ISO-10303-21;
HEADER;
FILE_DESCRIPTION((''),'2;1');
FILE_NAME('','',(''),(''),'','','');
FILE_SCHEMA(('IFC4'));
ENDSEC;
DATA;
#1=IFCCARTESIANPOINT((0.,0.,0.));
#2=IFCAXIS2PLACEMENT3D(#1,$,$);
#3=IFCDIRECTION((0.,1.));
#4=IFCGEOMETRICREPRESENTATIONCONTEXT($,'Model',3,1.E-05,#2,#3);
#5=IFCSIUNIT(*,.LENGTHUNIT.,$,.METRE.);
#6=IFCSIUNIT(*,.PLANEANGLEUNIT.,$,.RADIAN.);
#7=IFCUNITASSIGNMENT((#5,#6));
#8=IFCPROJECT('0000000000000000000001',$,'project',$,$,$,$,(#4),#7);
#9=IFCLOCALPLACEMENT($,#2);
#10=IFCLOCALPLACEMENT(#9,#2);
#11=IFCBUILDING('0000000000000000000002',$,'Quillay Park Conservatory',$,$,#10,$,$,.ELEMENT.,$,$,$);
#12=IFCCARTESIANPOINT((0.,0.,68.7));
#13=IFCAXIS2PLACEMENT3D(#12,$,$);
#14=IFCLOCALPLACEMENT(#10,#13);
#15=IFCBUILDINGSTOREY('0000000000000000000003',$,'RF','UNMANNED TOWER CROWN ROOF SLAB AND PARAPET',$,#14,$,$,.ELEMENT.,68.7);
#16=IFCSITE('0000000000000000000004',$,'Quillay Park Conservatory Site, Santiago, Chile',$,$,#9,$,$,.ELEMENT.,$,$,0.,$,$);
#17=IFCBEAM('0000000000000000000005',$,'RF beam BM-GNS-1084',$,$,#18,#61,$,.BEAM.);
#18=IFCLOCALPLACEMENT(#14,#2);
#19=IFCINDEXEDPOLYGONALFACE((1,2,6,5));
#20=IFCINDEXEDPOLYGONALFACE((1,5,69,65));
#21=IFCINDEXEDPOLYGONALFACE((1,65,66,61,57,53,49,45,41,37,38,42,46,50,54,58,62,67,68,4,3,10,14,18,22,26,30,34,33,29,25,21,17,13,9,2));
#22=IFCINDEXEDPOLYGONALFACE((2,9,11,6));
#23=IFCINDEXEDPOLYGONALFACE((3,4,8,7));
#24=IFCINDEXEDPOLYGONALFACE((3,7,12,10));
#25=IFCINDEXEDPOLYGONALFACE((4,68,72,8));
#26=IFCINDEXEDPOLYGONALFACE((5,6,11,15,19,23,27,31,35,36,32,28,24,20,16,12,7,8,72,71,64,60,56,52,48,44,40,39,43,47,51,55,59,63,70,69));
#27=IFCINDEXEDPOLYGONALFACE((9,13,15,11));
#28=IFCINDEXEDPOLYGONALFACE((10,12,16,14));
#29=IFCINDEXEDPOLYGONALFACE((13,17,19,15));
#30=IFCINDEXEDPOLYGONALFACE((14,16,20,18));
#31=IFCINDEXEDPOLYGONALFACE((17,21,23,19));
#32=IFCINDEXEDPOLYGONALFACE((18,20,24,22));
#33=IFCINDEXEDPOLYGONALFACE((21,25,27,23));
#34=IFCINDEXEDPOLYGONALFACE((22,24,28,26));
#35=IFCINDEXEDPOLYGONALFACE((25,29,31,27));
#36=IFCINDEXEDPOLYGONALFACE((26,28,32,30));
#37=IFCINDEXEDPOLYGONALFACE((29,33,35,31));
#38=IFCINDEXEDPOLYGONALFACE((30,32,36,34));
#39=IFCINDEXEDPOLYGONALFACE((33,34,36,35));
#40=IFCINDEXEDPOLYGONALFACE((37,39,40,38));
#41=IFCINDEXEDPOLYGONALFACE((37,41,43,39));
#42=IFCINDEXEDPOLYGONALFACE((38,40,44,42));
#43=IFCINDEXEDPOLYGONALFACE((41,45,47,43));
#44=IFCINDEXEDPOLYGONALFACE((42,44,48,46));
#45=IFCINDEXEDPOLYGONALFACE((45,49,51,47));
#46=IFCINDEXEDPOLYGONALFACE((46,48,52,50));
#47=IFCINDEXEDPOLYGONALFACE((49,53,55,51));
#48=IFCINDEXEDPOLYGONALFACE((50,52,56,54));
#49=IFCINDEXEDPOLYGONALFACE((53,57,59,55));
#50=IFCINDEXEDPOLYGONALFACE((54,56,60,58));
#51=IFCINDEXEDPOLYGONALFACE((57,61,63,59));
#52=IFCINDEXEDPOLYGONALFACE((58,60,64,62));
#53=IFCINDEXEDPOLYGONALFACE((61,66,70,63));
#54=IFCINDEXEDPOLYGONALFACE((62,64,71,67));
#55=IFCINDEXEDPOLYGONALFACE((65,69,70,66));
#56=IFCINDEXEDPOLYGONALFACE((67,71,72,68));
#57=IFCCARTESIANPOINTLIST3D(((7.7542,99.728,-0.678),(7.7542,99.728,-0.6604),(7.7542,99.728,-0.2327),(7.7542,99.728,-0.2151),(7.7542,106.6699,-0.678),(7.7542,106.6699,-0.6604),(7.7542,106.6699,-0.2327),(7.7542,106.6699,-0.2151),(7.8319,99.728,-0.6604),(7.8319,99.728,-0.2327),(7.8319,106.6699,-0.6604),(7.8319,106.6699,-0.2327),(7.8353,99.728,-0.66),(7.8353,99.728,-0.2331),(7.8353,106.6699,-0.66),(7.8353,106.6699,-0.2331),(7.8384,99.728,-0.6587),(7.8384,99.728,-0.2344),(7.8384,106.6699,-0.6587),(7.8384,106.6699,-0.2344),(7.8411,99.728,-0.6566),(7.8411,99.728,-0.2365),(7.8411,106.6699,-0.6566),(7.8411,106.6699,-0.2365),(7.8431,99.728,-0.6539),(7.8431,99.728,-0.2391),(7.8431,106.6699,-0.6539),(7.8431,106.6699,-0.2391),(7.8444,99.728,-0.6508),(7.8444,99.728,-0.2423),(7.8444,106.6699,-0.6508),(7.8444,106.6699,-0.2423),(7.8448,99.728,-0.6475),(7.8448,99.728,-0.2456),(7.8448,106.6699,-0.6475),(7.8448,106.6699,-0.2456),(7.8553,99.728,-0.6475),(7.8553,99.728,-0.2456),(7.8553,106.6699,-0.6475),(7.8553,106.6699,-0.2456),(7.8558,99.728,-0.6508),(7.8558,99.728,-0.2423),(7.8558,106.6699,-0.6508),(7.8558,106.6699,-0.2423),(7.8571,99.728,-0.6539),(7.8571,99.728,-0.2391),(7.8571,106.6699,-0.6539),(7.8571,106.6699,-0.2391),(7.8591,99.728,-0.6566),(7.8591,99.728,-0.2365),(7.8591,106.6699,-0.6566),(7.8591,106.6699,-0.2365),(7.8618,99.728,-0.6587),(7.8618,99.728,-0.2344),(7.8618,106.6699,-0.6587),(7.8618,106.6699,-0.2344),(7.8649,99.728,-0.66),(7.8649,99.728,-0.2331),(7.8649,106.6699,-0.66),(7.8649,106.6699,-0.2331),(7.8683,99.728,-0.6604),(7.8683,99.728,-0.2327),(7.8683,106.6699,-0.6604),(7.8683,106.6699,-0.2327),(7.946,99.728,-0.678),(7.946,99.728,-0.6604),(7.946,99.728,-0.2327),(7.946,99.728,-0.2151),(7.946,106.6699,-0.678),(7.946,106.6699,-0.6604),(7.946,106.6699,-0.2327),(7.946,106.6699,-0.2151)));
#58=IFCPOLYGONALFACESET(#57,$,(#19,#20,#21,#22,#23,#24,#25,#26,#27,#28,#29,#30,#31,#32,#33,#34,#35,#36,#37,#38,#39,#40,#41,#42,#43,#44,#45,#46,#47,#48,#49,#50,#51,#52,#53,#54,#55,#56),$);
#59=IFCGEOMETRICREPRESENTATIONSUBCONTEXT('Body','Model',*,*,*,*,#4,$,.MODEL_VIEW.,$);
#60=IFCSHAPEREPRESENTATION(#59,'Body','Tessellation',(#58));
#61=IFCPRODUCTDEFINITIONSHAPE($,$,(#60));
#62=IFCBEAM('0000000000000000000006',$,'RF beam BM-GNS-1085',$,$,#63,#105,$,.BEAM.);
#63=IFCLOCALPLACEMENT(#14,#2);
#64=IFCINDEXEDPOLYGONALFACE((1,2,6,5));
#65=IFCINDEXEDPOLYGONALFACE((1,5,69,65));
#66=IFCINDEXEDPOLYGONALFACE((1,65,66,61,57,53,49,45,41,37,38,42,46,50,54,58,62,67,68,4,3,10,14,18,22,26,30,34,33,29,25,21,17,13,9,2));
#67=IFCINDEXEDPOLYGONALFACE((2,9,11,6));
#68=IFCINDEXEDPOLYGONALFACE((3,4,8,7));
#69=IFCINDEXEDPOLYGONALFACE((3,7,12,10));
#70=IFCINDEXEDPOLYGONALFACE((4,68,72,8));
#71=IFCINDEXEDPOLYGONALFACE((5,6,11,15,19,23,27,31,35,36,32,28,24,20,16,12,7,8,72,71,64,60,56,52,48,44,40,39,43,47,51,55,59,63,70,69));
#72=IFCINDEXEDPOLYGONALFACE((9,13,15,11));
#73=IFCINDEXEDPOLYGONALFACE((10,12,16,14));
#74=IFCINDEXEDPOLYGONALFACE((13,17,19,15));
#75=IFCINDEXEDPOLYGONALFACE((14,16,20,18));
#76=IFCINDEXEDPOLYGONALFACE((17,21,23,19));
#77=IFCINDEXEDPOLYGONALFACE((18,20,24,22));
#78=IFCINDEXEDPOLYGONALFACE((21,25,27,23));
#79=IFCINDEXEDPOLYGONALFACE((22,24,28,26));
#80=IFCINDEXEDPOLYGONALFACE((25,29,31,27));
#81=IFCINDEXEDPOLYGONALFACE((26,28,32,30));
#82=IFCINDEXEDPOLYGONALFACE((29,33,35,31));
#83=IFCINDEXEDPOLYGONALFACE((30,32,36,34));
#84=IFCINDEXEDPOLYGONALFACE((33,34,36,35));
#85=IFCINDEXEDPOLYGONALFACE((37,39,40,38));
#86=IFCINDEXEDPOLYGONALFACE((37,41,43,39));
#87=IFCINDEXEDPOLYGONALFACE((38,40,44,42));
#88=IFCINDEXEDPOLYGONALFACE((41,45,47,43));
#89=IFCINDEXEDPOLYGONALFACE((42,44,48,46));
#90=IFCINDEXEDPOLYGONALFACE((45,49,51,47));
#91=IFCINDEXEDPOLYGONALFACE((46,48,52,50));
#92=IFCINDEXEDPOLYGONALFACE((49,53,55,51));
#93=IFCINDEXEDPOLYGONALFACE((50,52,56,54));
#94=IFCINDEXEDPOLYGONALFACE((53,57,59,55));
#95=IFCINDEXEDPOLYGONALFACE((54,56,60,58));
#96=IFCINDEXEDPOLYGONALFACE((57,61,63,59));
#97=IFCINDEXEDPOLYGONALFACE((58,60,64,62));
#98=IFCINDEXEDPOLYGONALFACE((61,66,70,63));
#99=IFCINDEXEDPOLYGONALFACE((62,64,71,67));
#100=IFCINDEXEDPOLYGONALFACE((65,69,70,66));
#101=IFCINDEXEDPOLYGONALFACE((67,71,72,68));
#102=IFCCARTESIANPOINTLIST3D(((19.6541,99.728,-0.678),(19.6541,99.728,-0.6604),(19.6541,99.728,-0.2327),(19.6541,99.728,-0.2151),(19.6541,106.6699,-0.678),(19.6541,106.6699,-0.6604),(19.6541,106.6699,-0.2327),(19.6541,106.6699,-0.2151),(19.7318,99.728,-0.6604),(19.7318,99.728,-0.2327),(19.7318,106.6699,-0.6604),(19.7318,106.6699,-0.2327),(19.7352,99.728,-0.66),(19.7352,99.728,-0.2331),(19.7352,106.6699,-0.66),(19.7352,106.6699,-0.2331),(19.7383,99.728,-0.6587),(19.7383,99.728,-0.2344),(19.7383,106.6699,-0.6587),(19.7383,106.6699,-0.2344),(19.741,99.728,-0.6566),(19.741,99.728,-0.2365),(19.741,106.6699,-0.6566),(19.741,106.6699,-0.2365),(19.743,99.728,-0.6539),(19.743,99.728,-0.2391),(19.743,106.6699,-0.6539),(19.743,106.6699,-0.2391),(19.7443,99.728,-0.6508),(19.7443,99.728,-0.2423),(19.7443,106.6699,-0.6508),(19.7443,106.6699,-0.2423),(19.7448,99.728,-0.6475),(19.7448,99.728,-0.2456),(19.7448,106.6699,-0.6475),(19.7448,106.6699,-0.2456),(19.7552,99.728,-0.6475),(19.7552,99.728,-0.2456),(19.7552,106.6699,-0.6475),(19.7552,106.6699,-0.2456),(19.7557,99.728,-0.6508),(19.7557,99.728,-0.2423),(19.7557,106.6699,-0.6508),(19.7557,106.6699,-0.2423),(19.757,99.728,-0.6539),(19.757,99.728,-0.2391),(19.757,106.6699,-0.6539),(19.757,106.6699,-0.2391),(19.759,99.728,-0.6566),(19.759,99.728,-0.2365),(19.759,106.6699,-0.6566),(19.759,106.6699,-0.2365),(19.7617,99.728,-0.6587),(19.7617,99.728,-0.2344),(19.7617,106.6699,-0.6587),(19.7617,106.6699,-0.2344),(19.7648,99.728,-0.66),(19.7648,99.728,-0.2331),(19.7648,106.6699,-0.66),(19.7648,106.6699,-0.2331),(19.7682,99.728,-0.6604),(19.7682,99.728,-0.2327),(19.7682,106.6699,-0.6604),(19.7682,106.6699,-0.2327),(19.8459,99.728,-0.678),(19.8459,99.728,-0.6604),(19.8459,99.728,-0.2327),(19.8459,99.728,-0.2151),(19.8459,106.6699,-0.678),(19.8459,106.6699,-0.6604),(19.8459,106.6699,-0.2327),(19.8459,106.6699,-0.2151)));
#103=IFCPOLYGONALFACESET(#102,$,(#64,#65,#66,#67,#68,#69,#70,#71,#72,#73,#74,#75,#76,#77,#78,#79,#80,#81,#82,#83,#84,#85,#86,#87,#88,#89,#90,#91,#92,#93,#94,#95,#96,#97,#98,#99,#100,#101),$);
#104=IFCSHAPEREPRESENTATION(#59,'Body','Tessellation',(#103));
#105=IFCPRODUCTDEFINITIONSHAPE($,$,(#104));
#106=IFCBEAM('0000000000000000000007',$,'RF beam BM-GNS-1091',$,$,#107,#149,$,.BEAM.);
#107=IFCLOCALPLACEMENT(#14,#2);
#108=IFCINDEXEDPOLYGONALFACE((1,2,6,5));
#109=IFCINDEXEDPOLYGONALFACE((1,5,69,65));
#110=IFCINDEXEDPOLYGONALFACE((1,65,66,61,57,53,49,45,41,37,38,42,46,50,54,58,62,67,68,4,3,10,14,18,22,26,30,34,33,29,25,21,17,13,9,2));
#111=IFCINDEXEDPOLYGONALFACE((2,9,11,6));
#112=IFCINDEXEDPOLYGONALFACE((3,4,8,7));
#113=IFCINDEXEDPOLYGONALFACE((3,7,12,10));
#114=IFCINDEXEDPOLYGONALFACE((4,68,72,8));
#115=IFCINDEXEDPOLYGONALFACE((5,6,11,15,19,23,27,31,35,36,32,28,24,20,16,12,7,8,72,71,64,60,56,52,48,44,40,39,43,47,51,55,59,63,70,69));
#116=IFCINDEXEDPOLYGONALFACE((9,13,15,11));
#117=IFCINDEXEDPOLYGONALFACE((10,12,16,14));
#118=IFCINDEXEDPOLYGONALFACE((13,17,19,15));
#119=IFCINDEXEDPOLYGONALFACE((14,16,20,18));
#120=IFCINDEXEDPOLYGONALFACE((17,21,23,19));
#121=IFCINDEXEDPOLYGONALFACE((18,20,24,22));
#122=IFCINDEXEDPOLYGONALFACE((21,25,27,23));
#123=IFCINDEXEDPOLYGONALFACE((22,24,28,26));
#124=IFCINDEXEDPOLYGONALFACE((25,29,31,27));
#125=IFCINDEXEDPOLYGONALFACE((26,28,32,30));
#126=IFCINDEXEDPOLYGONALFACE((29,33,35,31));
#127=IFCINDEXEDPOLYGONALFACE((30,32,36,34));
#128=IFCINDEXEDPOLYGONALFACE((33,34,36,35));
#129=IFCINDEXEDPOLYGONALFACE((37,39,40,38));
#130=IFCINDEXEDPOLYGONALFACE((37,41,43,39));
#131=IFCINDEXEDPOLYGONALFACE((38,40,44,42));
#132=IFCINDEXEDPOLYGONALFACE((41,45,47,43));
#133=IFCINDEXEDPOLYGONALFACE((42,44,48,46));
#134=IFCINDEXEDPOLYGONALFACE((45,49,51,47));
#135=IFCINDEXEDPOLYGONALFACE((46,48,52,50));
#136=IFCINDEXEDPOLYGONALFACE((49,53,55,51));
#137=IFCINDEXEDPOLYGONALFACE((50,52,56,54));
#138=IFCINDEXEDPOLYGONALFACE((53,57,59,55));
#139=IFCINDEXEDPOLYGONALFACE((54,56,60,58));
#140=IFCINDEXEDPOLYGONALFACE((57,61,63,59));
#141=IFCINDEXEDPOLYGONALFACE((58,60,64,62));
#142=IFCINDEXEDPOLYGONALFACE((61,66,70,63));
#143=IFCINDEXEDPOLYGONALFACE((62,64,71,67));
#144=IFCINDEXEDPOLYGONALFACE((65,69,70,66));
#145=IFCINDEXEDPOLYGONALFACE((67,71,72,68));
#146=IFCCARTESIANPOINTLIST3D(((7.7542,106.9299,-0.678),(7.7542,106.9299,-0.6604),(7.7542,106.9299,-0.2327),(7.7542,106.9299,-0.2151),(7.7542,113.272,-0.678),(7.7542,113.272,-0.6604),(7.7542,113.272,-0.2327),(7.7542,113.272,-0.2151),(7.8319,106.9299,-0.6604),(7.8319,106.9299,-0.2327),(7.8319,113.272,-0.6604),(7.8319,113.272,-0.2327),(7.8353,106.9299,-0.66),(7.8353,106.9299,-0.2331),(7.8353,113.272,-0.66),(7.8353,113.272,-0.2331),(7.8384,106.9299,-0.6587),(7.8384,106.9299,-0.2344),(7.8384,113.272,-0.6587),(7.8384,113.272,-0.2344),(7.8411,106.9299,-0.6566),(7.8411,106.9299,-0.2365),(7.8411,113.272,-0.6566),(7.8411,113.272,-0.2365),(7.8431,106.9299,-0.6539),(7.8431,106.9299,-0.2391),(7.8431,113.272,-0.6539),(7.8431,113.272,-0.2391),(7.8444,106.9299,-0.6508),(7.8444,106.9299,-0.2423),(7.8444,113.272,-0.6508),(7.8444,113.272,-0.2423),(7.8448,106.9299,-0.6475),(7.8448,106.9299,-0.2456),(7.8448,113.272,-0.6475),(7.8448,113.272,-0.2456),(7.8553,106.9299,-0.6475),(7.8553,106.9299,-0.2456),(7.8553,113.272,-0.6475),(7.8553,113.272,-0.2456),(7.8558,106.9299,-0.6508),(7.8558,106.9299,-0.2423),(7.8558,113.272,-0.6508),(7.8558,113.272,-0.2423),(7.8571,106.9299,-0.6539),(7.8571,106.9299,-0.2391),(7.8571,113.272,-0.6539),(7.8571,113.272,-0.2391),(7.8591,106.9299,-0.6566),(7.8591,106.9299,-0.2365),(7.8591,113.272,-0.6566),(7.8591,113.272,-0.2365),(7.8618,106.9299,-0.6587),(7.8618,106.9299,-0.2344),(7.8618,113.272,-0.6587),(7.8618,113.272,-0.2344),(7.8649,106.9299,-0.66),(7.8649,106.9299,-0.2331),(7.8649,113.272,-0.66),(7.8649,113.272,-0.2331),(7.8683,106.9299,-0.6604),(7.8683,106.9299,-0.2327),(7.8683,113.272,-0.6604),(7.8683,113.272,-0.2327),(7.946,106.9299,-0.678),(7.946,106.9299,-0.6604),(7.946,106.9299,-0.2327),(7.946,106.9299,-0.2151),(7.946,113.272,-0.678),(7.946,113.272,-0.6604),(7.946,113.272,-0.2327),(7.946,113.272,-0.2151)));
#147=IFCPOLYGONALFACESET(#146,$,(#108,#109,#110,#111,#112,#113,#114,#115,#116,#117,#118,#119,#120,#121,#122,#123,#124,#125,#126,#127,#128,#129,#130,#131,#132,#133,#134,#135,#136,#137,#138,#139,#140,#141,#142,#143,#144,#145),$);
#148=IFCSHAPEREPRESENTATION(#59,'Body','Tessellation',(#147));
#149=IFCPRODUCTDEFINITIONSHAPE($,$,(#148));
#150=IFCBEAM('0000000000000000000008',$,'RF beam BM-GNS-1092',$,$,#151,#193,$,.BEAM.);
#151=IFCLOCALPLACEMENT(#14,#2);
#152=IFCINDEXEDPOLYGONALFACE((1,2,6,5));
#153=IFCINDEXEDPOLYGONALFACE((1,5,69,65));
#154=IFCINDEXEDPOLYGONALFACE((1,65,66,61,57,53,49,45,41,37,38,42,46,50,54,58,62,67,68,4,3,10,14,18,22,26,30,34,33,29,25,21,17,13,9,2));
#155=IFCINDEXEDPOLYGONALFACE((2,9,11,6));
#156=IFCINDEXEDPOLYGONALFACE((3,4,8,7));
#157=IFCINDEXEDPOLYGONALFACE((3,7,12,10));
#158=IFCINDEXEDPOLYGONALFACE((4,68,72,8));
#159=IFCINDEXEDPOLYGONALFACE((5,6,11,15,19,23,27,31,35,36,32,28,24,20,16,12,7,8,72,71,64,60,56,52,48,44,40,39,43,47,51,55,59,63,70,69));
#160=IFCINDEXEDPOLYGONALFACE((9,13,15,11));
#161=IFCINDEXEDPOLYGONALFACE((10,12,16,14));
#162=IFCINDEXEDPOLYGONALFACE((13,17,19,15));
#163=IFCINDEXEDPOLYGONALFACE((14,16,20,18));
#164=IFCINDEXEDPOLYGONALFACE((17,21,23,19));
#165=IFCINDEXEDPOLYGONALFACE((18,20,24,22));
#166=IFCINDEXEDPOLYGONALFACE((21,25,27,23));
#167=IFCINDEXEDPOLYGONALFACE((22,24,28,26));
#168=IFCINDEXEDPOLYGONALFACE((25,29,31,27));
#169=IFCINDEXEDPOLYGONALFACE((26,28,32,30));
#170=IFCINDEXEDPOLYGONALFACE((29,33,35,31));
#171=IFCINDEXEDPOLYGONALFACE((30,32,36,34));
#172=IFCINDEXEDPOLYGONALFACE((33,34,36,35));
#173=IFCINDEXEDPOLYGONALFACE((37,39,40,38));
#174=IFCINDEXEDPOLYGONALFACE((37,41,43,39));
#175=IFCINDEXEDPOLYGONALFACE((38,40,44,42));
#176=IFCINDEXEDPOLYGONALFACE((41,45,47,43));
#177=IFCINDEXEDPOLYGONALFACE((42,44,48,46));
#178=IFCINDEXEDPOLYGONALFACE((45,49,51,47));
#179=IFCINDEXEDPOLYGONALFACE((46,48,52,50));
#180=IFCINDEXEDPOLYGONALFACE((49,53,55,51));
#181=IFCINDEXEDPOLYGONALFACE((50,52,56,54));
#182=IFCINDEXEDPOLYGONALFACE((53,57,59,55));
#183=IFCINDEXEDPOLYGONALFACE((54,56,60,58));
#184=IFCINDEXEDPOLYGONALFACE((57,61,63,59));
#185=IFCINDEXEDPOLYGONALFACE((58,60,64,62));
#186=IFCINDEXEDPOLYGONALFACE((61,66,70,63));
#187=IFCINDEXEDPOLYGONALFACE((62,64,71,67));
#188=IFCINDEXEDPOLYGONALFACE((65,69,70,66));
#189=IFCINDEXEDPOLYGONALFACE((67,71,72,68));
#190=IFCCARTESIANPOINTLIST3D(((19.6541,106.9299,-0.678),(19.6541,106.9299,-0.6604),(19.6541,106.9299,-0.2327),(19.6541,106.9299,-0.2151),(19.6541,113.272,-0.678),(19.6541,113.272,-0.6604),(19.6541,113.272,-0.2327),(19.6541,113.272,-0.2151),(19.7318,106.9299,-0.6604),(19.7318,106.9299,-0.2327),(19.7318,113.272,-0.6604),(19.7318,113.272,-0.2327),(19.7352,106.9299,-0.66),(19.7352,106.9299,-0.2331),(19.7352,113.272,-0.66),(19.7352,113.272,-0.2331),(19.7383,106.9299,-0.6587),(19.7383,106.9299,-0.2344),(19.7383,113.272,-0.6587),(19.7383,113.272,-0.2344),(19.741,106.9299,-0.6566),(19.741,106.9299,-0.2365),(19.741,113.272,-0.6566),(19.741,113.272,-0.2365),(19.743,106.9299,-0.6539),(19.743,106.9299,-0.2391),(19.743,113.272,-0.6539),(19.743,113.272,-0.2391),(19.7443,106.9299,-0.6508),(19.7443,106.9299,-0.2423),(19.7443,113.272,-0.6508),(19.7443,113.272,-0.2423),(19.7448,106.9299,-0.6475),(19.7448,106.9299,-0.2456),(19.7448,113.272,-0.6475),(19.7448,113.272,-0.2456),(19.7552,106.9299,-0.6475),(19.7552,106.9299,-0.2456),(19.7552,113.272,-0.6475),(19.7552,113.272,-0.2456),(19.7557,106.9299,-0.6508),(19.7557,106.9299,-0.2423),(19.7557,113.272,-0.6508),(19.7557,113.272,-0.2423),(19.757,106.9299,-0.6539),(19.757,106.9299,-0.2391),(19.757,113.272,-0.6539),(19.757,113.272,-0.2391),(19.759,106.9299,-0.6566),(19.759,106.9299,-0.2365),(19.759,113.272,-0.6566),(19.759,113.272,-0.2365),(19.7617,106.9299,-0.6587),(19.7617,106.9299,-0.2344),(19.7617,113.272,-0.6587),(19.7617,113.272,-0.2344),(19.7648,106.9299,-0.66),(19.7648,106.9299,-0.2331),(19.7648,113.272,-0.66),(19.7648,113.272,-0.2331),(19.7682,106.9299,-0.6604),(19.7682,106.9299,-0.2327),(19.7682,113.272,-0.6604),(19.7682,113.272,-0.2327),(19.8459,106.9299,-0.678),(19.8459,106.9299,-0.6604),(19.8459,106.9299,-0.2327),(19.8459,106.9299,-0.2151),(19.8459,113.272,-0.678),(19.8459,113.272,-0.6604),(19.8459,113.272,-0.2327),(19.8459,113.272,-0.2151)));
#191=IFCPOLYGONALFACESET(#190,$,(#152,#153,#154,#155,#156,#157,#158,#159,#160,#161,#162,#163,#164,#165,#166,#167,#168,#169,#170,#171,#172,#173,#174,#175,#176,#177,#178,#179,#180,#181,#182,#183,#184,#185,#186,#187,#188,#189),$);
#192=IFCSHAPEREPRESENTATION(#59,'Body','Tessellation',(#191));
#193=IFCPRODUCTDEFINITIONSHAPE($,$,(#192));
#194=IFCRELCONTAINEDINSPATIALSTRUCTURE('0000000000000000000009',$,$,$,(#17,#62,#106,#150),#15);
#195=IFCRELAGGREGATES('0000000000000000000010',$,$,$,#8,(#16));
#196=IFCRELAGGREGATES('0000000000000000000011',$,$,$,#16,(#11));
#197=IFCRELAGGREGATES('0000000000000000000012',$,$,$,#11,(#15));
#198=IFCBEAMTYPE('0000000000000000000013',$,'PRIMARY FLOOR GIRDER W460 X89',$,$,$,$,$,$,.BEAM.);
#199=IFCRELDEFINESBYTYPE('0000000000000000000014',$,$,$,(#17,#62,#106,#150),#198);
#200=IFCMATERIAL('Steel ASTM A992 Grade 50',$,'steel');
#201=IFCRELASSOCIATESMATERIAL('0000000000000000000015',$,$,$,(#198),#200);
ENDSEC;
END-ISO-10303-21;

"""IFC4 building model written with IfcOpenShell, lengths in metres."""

from ifc_helpers import new_model, si_unit, direction, frame, origin, origin_2d, place, context, subcontext, project, spatial, i_section, extrude, material, material_profile, profile_set, type_object, element, save


model = new_model("IFC4")

# Units and contexts
model_context = context("Model", 3, precision=1e-05, world=origin(), true_north=direction((0.0, 1.0)))
body_context = subcontext(model_context, "Body", "Model", "MODEL_VIEW")
ifc_project = project(units=[si_unit("LENGTHUNIT", "METRE"), si_unit("PLANEANGLEUNIT", "RADIAN")], contexts=[model_context])

# Site, building, storey
site_placement = place(None, origin())
site = spatial("IfcSite", under=ifc_project, at=site_placement, Name="Quillay Park Conservatory Site, Santiago, Chile", CompositionType="ELEMENT", RefElevation=0.0)
building_placement = place(site_placement, origin())
building = spatial("IfcBuilding", under=site, at=building_placement, Name="Quillay Park Conservatory", CompositionType="ELEMENT")
storey_placement = place(building_placement, frame((0.0, 0.0, 68.7)))
storey = spatial("IfcBuildingStorey", under=building, at=storey_placement, Name="RF", Description="UNMANNED TOWER CROWN ROOF SLAB AND PARAPET", CompositionType="ELEMENT", Elevation=68.7)

# Beams
ifc_material_1 = material(Name="Steel ASTM A992 Grade 50", Category="steel")
ifc_material_profile_1 = material_profile(ifc_material_1, i_section(OverallWidth=0.1919, OverallDepth=0.4629, WebThickness=0.0105, FlangeThickness=0.0176, FilletRadius=0.0129, at=origin_2d()), Name="W460x89")
ifc_profile_set_1 = profile_set([ifc_material_profile_1], Name="Steel ASTM A992 Grade 50")
beam_type_1 = type_object("IfcBeamType", Name="PRIMARY FLOOR GIRDER W460 X89", PredefinedType="BEAM", material=ifc_profile_set_1)
for number, where, z_axis, x_axis, name in (
    (1, (7.8501, 99.728, -0.4465), (0.0, 1.0, 0.0), (-1.0, 0.0, 0.0), "RF beam BM-GNS-1084"),
    (2, (19.75, 99.728, -0.4465), (0.0, 1.0, 0.0), (-1.0, 0.0, 0.0), "RF beam BM-GNS-1085"),
):
    element("IfcBeam", number, at=place(storey_placement, frame(where, z_axis=z_axis, x_axis=x_axis)), inside=storey, type_object=beam_type_1, Name=name, PredefinedType="BEAM", context=body_context, shape_type="SweptSolid", body=[
        extrude(i_section(OverallWidth=0.1919, OverallDepth=0.4629, WebThickness=0.0105, FlangeThickness=0.0176, FilletRadius=0.0129, at=origin_2d()), origin(), (0.0, 0.0, 1.0), 6.9419),
    ])
for number, where, z_axis, x_axis, name in (
    (3, (7.8501, 106.9299, -0.4465), (0.0, 1.0, 0.0), (-1.0, 0.0, 0.0), "RF beam BM-GNS-1091"),
    (4, (19.75, 106.9299, -0.4465), (0.0, 1.0, 0.0), (-1.0, 0.0, 0.0), "RF beam BM-GNS-1092"),
):
    element("IfcBeam", number, at=place(storey_placement, frame(where, z_axis=z_axis, x_axis=x_axis)), inside=storey, type_object=beam_type_1, Name=name, PredefinedType="BEAM", context=body_context, shape_type="SweptSolid", body=[
        extrude(i_section(OverallWidth=0.1919, OverallDepth=0.4629, WebThickness=0.0105, FlangeThickness=0.0176, FilletRadius=0.0129, at=origin_2d()), origin(), (0.0, 0.0, 1.0), 6.342),
    ])

save(model, "model.ifc")
